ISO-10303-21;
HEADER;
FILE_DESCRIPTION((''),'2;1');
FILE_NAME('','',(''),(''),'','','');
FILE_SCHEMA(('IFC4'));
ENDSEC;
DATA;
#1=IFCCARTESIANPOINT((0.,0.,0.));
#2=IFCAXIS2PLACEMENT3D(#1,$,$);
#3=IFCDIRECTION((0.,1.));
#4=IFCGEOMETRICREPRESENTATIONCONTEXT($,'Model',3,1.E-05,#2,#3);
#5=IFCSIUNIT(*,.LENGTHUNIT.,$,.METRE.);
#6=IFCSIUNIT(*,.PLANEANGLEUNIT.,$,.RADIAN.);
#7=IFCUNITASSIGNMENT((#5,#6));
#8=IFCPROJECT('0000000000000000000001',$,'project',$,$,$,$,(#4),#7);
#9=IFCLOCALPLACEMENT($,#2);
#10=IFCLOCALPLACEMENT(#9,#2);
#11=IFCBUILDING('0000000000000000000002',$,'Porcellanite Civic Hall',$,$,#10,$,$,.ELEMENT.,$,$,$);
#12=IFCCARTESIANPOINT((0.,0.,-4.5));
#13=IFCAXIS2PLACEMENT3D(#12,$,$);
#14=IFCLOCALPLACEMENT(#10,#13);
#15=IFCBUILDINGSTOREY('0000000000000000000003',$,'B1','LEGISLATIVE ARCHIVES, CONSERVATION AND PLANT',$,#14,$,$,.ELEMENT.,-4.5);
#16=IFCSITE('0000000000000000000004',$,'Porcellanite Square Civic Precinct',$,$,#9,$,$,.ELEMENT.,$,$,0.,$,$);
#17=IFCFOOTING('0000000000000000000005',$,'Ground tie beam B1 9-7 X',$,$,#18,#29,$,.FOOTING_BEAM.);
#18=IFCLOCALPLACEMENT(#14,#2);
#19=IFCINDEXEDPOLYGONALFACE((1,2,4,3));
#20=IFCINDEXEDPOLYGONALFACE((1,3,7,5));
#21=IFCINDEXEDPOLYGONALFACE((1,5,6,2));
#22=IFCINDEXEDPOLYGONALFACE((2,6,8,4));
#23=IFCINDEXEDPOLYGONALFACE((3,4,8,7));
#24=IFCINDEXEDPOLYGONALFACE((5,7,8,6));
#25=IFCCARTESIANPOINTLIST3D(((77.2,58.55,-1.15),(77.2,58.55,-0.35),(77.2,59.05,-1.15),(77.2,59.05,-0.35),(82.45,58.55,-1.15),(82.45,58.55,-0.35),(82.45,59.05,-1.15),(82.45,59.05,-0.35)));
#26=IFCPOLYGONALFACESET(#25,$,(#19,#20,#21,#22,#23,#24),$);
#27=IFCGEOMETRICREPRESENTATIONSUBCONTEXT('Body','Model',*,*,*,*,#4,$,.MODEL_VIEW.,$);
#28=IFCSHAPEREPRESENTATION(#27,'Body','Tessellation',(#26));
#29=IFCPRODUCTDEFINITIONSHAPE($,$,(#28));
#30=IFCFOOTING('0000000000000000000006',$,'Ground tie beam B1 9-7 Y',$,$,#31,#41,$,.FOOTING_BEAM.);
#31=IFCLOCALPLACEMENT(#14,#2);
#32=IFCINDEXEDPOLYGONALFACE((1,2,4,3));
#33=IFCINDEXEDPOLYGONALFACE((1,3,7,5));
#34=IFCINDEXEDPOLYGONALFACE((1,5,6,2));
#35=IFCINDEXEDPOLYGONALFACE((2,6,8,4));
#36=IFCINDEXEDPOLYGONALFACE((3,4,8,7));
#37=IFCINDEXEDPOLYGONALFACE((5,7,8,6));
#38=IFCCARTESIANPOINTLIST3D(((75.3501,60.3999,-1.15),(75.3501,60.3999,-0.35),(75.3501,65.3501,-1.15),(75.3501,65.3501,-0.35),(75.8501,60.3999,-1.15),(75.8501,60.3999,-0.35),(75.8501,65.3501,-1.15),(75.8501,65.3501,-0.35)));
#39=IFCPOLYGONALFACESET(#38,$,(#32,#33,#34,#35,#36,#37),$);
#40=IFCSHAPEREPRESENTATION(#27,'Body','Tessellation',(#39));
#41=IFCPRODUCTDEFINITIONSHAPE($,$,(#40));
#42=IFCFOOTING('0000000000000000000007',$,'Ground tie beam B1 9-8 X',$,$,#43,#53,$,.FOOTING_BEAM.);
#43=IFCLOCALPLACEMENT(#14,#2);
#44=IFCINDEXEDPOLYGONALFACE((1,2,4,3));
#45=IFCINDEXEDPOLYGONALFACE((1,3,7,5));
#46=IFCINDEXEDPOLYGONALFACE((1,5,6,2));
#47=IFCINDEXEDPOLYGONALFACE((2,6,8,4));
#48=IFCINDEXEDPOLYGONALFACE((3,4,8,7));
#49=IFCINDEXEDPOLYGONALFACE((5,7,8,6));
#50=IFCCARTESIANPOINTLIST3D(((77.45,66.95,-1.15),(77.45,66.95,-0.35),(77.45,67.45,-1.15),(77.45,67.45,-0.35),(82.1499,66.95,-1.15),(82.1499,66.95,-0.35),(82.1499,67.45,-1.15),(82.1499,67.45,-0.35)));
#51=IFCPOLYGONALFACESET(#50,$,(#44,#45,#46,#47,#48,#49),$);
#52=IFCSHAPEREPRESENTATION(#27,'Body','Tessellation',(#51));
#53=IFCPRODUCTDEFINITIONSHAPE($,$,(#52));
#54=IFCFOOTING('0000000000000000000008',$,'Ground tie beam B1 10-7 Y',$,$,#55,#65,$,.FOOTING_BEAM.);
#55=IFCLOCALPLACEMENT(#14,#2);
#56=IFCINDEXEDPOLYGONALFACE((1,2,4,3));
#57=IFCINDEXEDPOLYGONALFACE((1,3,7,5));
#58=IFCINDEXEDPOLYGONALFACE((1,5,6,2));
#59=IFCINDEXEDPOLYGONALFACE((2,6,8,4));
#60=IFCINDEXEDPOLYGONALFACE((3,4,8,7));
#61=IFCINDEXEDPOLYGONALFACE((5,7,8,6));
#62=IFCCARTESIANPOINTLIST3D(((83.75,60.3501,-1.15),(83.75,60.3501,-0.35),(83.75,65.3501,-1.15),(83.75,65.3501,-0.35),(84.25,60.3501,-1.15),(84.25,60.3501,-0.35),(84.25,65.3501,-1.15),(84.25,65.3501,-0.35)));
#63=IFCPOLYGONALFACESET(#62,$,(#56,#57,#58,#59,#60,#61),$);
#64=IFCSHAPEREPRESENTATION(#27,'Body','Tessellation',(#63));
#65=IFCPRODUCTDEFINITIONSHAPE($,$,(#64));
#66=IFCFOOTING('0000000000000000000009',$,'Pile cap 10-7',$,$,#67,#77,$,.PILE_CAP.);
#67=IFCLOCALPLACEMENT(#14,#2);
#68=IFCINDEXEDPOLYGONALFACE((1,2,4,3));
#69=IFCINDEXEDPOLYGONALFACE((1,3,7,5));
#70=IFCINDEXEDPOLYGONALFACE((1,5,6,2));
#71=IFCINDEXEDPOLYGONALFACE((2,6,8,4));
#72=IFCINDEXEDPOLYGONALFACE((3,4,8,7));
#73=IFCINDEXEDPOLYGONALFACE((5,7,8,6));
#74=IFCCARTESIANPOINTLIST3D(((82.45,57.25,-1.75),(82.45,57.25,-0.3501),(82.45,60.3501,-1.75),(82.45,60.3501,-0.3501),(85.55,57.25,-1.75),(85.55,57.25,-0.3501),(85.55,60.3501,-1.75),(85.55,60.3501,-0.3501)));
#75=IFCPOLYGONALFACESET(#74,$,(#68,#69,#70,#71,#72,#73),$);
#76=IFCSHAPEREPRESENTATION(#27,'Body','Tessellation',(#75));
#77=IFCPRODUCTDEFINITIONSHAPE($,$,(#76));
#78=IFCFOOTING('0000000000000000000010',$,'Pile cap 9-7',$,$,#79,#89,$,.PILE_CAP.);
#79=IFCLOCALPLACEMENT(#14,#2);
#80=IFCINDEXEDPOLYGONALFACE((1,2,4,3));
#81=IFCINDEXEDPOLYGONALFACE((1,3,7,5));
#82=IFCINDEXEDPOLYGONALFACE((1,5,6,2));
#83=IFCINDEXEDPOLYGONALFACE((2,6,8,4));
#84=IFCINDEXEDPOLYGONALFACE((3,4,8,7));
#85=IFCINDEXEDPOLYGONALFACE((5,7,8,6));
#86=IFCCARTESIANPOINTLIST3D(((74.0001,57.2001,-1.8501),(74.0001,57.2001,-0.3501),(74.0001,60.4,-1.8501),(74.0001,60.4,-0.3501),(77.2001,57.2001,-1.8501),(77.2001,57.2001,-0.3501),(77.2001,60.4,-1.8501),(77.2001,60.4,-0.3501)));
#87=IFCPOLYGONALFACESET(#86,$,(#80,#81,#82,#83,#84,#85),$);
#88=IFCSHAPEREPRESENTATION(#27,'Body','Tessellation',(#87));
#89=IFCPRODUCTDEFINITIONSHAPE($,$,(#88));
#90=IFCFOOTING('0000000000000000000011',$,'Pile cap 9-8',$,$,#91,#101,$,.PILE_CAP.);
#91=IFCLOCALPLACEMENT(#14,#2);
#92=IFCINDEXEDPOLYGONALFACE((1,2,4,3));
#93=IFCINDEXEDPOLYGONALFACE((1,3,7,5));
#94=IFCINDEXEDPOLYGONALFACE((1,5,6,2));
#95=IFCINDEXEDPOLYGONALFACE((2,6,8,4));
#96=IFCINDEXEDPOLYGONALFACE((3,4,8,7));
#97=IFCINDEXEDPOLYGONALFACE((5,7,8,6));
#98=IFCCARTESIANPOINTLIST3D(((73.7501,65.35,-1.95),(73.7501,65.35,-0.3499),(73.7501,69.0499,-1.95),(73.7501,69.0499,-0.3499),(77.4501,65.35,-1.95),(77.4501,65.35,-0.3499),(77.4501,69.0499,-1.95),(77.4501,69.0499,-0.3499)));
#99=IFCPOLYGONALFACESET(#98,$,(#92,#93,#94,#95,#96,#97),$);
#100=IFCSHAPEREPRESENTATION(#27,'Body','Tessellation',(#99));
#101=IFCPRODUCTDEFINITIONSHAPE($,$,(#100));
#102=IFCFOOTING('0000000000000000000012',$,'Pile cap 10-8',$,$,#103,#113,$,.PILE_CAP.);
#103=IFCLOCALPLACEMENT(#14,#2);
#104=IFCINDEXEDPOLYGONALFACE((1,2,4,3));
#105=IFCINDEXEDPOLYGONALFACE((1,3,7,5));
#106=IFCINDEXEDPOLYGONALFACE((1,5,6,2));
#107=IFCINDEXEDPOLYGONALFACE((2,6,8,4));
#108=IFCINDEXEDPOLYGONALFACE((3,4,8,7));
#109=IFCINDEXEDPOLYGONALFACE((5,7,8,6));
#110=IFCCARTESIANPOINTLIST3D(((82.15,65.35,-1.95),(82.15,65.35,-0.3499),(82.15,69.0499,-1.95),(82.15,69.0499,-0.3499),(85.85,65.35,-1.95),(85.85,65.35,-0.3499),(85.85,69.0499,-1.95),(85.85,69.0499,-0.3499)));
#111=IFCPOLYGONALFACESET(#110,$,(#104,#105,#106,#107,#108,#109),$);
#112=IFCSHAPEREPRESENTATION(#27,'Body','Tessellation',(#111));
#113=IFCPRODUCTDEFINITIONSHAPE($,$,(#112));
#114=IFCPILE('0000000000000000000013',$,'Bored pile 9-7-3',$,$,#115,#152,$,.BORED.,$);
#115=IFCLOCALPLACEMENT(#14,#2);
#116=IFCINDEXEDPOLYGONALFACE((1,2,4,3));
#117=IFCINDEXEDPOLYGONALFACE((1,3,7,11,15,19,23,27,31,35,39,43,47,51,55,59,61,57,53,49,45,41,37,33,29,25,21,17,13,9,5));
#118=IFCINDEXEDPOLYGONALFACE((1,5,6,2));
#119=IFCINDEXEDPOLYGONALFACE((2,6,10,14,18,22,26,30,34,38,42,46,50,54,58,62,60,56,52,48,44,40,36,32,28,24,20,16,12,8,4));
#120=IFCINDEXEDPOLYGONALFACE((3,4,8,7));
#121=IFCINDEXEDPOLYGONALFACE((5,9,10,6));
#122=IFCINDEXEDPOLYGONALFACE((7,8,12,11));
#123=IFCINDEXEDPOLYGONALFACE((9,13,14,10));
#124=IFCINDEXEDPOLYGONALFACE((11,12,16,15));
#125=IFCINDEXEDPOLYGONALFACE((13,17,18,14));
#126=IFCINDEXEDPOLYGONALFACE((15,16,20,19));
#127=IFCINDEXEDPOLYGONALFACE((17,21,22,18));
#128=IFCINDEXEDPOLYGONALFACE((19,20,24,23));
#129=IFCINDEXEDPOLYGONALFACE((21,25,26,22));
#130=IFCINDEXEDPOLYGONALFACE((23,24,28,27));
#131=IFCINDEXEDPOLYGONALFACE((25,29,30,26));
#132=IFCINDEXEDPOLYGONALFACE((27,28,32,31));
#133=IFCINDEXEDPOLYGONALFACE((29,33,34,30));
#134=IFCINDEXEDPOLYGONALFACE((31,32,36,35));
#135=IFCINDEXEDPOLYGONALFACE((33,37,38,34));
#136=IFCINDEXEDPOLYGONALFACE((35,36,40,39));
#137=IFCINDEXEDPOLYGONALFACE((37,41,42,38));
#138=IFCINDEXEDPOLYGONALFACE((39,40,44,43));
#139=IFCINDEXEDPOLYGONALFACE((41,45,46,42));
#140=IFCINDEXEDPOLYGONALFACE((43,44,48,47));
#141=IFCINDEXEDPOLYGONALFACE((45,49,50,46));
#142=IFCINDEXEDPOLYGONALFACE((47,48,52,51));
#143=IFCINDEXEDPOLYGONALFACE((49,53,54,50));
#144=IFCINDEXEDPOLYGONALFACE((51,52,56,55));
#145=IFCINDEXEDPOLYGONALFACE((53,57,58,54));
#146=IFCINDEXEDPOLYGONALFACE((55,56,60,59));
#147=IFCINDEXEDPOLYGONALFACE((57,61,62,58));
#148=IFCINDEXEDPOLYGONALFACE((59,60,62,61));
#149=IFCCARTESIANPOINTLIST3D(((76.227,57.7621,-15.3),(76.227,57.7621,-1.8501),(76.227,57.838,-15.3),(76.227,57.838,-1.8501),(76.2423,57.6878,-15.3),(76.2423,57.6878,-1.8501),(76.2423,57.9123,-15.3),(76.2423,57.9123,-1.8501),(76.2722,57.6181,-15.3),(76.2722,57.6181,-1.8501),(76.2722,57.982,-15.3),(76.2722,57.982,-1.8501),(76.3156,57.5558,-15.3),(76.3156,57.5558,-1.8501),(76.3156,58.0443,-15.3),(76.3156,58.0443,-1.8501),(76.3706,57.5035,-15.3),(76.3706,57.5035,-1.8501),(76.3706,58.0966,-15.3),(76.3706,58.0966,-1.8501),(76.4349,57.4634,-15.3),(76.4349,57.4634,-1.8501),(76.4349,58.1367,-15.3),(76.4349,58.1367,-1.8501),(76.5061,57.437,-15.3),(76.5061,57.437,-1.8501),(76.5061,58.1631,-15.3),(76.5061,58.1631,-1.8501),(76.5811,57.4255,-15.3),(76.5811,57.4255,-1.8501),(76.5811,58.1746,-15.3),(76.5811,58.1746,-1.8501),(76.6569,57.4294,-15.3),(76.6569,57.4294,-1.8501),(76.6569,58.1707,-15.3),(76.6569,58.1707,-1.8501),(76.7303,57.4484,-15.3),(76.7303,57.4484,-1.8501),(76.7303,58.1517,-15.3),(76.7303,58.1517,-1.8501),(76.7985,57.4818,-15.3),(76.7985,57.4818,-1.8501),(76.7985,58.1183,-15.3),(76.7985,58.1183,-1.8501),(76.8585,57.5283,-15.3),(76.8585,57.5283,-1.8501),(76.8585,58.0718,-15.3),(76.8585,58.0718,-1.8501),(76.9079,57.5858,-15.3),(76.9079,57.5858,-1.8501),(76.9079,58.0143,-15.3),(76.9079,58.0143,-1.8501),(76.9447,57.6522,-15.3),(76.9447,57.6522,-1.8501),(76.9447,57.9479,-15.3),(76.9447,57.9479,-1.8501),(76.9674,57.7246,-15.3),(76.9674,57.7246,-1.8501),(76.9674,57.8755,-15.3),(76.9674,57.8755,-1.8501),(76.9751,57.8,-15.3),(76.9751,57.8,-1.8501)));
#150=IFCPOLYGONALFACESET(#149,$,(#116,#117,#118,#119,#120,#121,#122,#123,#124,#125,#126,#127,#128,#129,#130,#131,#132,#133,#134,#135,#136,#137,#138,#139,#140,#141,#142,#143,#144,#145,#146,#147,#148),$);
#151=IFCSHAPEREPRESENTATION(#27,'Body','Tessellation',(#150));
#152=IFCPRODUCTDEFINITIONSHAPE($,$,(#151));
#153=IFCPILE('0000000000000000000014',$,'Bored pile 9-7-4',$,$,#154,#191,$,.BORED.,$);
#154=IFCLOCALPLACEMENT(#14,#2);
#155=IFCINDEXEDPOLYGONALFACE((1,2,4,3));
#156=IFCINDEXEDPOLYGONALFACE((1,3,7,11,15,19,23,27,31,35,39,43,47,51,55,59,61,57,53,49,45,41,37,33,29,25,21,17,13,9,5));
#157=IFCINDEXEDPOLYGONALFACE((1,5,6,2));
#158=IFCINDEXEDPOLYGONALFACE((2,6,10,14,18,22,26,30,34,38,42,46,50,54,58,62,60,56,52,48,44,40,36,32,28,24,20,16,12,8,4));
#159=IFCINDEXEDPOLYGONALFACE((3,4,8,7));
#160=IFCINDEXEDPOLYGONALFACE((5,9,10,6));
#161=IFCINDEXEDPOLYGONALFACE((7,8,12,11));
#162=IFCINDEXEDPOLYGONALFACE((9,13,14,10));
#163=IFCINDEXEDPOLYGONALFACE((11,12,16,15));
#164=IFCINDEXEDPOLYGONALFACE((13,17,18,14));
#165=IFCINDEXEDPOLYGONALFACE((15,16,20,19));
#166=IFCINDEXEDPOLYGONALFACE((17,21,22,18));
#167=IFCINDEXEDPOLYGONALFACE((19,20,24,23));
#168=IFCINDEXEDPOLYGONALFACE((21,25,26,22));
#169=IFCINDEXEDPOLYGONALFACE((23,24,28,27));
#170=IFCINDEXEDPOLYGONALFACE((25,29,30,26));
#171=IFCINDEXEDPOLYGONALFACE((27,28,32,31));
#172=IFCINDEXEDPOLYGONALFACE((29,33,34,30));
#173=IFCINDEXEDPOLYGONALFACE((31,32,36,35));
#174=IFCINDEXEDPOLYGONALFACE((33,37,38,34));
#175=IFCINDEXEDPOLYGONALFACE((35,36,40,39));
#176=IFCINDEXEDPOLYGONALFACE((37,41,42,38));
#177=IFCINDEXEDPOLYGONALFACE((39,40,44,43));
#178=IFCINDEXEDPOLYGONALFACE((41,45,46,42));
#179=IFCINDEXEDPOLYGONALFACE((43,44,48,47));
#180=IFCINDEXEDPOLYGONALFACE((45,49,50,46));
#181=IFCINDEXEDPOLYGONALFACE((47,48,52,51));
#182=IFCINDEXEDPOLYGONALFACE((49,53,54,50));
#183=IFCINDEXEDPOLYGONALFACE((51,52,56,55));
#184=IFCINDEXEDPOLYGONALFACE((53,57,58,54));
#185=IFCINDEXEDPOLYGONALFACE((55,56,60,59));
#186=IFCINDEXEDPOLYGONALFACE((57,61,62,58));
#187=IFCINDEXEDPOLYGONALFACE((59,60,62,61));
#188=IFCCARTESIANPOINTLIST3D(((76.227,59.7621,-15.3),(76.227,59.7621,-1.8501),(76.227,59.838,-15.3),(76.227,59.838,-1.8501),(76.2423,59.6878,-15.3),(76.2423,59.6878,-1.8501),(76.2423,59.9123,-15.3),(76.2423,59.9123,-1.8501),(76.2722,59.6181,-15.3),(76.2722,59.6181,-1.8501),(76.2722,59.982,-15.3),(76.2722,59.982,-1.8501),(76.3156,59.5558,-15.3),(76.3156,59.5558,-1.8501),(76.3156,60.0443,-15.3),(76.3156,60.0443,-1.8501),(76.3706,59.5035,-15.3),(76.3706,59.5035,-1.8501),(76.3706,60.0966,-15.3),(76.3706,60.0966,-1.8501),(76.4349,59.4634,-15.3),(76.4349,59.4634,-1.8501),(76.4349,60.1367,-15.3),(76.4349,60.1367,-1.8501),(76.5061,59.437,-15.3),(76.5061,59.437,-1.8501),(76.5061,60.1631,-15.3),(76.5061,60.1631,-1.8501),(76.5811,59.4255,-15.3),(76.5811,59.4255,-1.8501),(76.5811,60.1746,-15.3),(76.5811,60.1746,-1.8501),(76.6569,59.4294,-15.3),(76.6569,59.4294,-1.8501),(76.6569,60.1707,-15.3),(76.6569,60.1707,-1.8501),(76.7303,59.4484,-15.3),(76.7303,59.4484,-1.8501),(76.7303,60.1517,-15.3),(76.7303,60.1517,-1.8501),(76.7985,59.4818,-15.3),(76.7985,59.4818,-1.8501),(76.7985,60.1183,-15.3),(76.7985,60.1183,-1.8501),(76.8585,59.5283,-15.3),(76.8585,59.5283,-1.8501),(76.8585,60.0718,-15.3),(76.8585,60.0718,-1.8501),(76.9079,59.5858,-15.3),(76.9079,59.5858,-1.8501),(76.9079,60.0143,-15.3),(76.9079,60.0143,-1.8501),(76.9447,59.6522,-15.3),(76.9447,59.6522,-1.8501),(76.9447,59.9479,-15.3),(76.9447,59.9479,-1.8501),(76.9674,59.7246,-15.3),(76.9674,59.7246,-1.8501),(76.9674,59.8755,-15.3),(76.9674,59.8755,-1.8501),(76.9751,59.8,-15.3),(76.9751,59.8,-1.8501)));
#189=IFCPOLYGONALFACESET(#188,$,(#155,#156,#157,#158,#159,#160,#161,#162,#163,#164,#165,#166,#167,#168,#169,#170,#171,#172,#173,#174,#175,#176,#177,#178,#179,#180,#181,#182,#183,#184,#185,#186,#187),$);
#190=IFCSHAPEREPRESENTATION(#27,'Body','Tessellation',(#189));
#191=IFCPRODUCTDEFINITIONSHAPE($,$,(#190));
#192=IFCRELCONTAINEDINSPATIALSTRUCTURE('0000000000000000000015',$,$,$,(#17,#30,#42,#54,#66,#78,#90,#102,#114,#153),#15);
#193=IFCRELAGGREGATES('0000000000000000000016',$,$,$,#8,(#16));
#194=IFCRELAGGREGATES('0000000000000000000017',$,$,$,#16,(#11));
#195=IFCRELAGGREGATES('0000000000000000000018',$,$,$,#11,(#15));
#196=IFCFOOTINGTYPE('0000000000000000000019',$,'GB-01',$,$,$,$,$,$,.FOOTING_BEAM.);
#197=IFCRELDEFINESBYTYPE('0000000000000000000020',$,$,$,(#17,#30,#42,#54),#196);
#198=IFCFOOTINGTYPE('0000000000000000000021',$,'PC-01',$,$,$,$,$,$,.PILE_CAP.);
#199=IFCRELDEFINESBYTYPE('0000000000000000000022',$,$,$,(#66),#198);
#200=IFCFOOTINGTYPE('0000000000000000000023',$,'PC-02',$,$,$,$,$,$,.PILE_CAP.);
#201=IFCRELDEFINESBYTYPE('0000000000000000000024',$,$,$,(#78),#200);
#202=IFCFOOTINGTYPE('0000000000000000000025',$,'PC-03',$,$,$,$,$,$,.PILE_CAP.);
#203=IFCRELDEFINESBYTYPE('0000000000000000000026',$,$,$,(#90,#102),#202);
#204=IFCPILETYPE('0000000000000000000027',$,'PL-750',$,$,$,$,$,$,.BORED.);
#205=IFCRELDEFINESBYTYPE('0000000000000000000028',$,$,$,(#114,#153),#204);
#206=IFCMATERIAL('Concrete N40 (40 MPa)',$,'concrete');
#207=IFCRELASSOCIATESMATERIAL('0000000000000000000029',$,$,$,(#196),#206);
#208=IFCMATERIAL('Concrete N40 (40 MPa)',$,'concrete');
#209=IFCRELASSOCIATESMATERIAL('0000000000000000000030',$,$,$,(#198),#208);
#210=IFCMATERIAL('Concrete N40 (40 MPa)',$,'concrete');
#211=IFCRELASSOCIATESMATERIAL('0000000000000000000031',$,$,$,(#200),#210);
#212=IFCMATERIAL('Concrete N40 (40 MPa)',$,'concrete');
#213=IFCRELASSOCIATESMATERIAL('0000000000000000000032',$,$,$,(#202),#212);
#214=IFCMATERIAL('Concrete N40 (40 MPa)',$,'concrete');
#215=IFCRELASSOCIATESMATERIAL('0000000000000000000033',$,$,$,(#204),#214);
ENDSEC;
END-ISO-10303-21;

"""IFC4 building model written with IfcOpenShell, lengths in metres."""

from ifc_helpers import new_model, si_unit, direction, frame, origin, origin_2d, place, context, subcontext, project, spatial, rectangle, circle, extrude, material, material_profile, profile_set, type_object, element, save


model = new_model("IFC4")

# Units and contexts
model_context = context("Model", 3, precision=1e-05, world=origin(), true_north=direction((0.0, 1.0)))
body_context = subcontext(model_context, "Body", "Model", "MODEL_VIEW")
ifc_project = project(units=[si_unit("LENGTHUNIT", "METRE"), si_unit("PLANEANGLEUNIT", "RADIAN")], contexts=[model_context])

# Site, building, storey
site_placement = place(None, origin())
site = spatial("IfcSite", under=ifc_project, at=site_placement, Name="Porcellanite Square Civic Precinct", CompositionType="ELEMENT", RefElevation=0.0)
building_placement = place(site_placement, origin())
building = spatial("IfcBuilding", under=site, at=building_placement, Name="Porcellanite Civic Hall", CompositionType="ELEMENT")
storey_placement = place(building_placement, frame((0.0, 0.0, -4.5)))
storey = spatial("IfcBuildingStorey", under=building, at=storey_placement, Name="B1", Description="LEGISLATIVE ARCHIVES, CONSERVATION AND PLANT", CompositionType="ELEMENT", Elevation=-4.5)

# Footings
ifc_material_1 = material(Name="Concrete N40 (40 MPa)", Category="concrete")
ifc_material_profile_1 = material_profile(ifc_material_1, rectangle(XDim=0.5, YDim=0.8, at=origin_2d()), Name="RC-500x800")
ifc_profile_set_1 = profile_set([ifc_material_profile_1], Name="Concrete N40 (40 MPa)")
footing_type_1 = type_object("IfcFootingType", Name="GB-01", PredefinedType="FOOTING_BEAM", material=ifc_profile_set_1)
footing_1_placement = place(storey_placement, frame((77.2, 58.8, -0.75), z_axis=(1.0, 0.0, 0.0), x_axis=(0.0, 1.0, 0.0)))
element("IfcFooting", 1, at=footing_1_placement, inside=storey, type_object=footing_type_1, Name="Ground tie beam B1 9-7 X", PredefinedType="FOOTING_BEAM", context=body_context, shape_type="SweptSolid", body=[
    extrude(rectangle(XDim=0.5, YDim=0.8, at=origin_2d()), origin(), (0.0, 0.0, 1.0), 5.25),
])
footing_2_placement = place(storey_placement, frame((75.6001, 60.3999, -0.75), z_axis=(0.0, 1.0, 0.0), x_axis=(-1.0, 0.0, 0.0)))
element("IfcFooting", 2, at=footing_2_placement, inside=storey, type_object=footing_type_1, Name="Ground tie beam B1 9-7 Y", PredefinedType="FOOTING_BEAM", context=body_context, shape_type="SweptSolid", body=[
    extrude(rectangle(XDim=0.5, YDim=0.8, at=origin_2d()), origin(), (0.0, 0.0, 1.0), 4.9502),
])
footing_3_placement = place(storey_placement, frame((77.45, 67.2, -0.75), z_axis=(1.0, 0.0, 0.0), x_axis=(0.0, 1.0, 0.0)))
element("IfcFooting", 3, at=footing_3_placement, inside=storey, type_object=footing_type_1, Name="Ground tie beam B1 9-8 X", PredefinedType="FOOTING_BEAM", context=body_context, shape_type="SweptSolid", body=[
    extrude(rectangle(XDim=0.5, YDim=0.8, at=origin_2d()), origin(), (0.0, 0.0, 1.0), 4.7),
])
footing_4_placement = place(storey_placement, frame((84.0, 60.3501, -0.75), z_axis=(0.0, 1.0, 0.0), x_axis=(-1.0, 0.0, 0.0)))
element("IfcFooting", 4, at=footing_4_placement, inside=storey, type_object=footing_type_1, Name="Ground tie beam B1 10-7 Y", PredefinedType="FOOTING_BEAM", context=body_context, shape_type="SweptSolid", body=[
    extrude(rectangle(XDim=0.5, YDim=0.8, at=origin_2d()), origin(), (0.0, 0.0, 1.0), 5.0),
])
ifc_material_2 = material(Name="Concrete N40 (40 MPa)", Category="concrete")
footing_type_2 = type_object("IfcFootingType", Name="PC-01", PredefinedType="PILE_CAP", material=ifc_material_2)
footing_5_placement = place(storey_placement, frame((84.0, 58.8, -1.75), z_axis=(0.0, 0.0, 1.0), x_axis=(1.0, 0.0, 0.0)))
element("IfcFooting", 5, at=footing_5_placement, inside=storey, type_object=footing_type_2, Name="Pile cap 10-7", PredefinedType="PILE_CAP", context=body_context, shape_type="SweptSolid", body=[
    extrude(rectangle(XDim=3.1001, YDim=3.1001, at=origin_2d()), origin(), (0.0, 0.0, 1.0), 1.3999),
])
ifc_material_3 = material(Name="Concrete N40 (40 MPa)", Category="concrete")
footing_type_3 = type_object("IfcFootingType", Name="PC-02", PredefinedType="PILE_CAP", material=ifc_material_3)
footing_6_placement = place(storey_placement, frame((75.6001, 58.8, -1.8501), z_axis=(0.0, 0.0, 1.0), x_axis=(1.0, 0.0, 0.0)))
element("IfcFooting", 6, at=footing_6_placement, inside=storey, type_object=footing_type_3, Name="Pile cap 9-7", PredefinedType="PILE_CAP", context=body_context, shape_type="SweptSolid", body=[
    extrude(rectangle(XDim=3.2, YDim=3.2, at=origin_2d()), origin(), (0.0, 0.0, 1.0), 1.5),
])
ifc_material_4 = material(Name="Concrete N40 (40 MPa)", Category="concrete")
footing_type_4 = type_object("IfcFootingType", Name="PC-03", PredefinedType="PILE_CAP", material=ifc_material_4)
for number, where, z_axis, x_axis, name in (
    (7, (75.6001, 67.2, -1.95), (0.0, 0.0, 1.0), (1.0, 0.0, 0.0), "Pile cap 9-8"),
    (8, (84.0, 67.2, -1.95), (0.0, 0.0, 1.0), (1.0, 0.0, 0.0), "Pile cap 10-8"),
):
    element("IfcFooting", number, at=place(storey_placement, frame(where, z_axis=z_axis, x_axis=x_axis)), inside=storey, type_object=footing_type_4, Name=name, PredefinedType="PILE_CAP", context=body_context, shape_type="SweptSolid", body=[
        extrude(rectangle(XDim=3.7, YDim=3.7, at=origin_2d()), origin(), (0.0, 0.0, 1.0), 1.6001),
    ])

# Piles
ifc_material_5 = material(Name="Concrete N40 (40 MPa)", Category="concrete")
ifc_material_profile_2 = material_profile(ifc_material_5, circle(Radius=0.375, at=origin_2d()), Name="PILE-D750")
ifc_profile_set_2 = profile_set([ifc_material_profile_2], Name="Concrete N40 (40 MPa)")
pile_type_1 = type_object("IfcPileType", Name="PL-750", PredefinedType="BORED", material=ifc_profile_set_2)
for number, where, z_axis, x_axis, name in (
    (9, (76.6001, 57.8, -1.8501), (0.0, 0.0, -1.0), (1.0, 0.0, 0.0), "Bored pile 9-7-3"),
    (10, (76.6001, 59.8, -1.8501), (0.0, 0.0, -1.0), (1.0, 0.0, 0.0), "Bored pile 9-7-4"),
):
    element("IfcPile", number, at=place(storey_placement, frame(where, z_axis=z_axis, x_axis=x_axis)), inside=storey, type_object=pile_type_1, Name=name, PredefinedType="BORED", context=body_context, shape_type="SweptSolid", body=[
        extrude(circle(Radius=0.375, at=origin_2d()), origin(), (0.0, 0.0, 1.0), 13.45),
    ])

save(model, "model.ifc")
